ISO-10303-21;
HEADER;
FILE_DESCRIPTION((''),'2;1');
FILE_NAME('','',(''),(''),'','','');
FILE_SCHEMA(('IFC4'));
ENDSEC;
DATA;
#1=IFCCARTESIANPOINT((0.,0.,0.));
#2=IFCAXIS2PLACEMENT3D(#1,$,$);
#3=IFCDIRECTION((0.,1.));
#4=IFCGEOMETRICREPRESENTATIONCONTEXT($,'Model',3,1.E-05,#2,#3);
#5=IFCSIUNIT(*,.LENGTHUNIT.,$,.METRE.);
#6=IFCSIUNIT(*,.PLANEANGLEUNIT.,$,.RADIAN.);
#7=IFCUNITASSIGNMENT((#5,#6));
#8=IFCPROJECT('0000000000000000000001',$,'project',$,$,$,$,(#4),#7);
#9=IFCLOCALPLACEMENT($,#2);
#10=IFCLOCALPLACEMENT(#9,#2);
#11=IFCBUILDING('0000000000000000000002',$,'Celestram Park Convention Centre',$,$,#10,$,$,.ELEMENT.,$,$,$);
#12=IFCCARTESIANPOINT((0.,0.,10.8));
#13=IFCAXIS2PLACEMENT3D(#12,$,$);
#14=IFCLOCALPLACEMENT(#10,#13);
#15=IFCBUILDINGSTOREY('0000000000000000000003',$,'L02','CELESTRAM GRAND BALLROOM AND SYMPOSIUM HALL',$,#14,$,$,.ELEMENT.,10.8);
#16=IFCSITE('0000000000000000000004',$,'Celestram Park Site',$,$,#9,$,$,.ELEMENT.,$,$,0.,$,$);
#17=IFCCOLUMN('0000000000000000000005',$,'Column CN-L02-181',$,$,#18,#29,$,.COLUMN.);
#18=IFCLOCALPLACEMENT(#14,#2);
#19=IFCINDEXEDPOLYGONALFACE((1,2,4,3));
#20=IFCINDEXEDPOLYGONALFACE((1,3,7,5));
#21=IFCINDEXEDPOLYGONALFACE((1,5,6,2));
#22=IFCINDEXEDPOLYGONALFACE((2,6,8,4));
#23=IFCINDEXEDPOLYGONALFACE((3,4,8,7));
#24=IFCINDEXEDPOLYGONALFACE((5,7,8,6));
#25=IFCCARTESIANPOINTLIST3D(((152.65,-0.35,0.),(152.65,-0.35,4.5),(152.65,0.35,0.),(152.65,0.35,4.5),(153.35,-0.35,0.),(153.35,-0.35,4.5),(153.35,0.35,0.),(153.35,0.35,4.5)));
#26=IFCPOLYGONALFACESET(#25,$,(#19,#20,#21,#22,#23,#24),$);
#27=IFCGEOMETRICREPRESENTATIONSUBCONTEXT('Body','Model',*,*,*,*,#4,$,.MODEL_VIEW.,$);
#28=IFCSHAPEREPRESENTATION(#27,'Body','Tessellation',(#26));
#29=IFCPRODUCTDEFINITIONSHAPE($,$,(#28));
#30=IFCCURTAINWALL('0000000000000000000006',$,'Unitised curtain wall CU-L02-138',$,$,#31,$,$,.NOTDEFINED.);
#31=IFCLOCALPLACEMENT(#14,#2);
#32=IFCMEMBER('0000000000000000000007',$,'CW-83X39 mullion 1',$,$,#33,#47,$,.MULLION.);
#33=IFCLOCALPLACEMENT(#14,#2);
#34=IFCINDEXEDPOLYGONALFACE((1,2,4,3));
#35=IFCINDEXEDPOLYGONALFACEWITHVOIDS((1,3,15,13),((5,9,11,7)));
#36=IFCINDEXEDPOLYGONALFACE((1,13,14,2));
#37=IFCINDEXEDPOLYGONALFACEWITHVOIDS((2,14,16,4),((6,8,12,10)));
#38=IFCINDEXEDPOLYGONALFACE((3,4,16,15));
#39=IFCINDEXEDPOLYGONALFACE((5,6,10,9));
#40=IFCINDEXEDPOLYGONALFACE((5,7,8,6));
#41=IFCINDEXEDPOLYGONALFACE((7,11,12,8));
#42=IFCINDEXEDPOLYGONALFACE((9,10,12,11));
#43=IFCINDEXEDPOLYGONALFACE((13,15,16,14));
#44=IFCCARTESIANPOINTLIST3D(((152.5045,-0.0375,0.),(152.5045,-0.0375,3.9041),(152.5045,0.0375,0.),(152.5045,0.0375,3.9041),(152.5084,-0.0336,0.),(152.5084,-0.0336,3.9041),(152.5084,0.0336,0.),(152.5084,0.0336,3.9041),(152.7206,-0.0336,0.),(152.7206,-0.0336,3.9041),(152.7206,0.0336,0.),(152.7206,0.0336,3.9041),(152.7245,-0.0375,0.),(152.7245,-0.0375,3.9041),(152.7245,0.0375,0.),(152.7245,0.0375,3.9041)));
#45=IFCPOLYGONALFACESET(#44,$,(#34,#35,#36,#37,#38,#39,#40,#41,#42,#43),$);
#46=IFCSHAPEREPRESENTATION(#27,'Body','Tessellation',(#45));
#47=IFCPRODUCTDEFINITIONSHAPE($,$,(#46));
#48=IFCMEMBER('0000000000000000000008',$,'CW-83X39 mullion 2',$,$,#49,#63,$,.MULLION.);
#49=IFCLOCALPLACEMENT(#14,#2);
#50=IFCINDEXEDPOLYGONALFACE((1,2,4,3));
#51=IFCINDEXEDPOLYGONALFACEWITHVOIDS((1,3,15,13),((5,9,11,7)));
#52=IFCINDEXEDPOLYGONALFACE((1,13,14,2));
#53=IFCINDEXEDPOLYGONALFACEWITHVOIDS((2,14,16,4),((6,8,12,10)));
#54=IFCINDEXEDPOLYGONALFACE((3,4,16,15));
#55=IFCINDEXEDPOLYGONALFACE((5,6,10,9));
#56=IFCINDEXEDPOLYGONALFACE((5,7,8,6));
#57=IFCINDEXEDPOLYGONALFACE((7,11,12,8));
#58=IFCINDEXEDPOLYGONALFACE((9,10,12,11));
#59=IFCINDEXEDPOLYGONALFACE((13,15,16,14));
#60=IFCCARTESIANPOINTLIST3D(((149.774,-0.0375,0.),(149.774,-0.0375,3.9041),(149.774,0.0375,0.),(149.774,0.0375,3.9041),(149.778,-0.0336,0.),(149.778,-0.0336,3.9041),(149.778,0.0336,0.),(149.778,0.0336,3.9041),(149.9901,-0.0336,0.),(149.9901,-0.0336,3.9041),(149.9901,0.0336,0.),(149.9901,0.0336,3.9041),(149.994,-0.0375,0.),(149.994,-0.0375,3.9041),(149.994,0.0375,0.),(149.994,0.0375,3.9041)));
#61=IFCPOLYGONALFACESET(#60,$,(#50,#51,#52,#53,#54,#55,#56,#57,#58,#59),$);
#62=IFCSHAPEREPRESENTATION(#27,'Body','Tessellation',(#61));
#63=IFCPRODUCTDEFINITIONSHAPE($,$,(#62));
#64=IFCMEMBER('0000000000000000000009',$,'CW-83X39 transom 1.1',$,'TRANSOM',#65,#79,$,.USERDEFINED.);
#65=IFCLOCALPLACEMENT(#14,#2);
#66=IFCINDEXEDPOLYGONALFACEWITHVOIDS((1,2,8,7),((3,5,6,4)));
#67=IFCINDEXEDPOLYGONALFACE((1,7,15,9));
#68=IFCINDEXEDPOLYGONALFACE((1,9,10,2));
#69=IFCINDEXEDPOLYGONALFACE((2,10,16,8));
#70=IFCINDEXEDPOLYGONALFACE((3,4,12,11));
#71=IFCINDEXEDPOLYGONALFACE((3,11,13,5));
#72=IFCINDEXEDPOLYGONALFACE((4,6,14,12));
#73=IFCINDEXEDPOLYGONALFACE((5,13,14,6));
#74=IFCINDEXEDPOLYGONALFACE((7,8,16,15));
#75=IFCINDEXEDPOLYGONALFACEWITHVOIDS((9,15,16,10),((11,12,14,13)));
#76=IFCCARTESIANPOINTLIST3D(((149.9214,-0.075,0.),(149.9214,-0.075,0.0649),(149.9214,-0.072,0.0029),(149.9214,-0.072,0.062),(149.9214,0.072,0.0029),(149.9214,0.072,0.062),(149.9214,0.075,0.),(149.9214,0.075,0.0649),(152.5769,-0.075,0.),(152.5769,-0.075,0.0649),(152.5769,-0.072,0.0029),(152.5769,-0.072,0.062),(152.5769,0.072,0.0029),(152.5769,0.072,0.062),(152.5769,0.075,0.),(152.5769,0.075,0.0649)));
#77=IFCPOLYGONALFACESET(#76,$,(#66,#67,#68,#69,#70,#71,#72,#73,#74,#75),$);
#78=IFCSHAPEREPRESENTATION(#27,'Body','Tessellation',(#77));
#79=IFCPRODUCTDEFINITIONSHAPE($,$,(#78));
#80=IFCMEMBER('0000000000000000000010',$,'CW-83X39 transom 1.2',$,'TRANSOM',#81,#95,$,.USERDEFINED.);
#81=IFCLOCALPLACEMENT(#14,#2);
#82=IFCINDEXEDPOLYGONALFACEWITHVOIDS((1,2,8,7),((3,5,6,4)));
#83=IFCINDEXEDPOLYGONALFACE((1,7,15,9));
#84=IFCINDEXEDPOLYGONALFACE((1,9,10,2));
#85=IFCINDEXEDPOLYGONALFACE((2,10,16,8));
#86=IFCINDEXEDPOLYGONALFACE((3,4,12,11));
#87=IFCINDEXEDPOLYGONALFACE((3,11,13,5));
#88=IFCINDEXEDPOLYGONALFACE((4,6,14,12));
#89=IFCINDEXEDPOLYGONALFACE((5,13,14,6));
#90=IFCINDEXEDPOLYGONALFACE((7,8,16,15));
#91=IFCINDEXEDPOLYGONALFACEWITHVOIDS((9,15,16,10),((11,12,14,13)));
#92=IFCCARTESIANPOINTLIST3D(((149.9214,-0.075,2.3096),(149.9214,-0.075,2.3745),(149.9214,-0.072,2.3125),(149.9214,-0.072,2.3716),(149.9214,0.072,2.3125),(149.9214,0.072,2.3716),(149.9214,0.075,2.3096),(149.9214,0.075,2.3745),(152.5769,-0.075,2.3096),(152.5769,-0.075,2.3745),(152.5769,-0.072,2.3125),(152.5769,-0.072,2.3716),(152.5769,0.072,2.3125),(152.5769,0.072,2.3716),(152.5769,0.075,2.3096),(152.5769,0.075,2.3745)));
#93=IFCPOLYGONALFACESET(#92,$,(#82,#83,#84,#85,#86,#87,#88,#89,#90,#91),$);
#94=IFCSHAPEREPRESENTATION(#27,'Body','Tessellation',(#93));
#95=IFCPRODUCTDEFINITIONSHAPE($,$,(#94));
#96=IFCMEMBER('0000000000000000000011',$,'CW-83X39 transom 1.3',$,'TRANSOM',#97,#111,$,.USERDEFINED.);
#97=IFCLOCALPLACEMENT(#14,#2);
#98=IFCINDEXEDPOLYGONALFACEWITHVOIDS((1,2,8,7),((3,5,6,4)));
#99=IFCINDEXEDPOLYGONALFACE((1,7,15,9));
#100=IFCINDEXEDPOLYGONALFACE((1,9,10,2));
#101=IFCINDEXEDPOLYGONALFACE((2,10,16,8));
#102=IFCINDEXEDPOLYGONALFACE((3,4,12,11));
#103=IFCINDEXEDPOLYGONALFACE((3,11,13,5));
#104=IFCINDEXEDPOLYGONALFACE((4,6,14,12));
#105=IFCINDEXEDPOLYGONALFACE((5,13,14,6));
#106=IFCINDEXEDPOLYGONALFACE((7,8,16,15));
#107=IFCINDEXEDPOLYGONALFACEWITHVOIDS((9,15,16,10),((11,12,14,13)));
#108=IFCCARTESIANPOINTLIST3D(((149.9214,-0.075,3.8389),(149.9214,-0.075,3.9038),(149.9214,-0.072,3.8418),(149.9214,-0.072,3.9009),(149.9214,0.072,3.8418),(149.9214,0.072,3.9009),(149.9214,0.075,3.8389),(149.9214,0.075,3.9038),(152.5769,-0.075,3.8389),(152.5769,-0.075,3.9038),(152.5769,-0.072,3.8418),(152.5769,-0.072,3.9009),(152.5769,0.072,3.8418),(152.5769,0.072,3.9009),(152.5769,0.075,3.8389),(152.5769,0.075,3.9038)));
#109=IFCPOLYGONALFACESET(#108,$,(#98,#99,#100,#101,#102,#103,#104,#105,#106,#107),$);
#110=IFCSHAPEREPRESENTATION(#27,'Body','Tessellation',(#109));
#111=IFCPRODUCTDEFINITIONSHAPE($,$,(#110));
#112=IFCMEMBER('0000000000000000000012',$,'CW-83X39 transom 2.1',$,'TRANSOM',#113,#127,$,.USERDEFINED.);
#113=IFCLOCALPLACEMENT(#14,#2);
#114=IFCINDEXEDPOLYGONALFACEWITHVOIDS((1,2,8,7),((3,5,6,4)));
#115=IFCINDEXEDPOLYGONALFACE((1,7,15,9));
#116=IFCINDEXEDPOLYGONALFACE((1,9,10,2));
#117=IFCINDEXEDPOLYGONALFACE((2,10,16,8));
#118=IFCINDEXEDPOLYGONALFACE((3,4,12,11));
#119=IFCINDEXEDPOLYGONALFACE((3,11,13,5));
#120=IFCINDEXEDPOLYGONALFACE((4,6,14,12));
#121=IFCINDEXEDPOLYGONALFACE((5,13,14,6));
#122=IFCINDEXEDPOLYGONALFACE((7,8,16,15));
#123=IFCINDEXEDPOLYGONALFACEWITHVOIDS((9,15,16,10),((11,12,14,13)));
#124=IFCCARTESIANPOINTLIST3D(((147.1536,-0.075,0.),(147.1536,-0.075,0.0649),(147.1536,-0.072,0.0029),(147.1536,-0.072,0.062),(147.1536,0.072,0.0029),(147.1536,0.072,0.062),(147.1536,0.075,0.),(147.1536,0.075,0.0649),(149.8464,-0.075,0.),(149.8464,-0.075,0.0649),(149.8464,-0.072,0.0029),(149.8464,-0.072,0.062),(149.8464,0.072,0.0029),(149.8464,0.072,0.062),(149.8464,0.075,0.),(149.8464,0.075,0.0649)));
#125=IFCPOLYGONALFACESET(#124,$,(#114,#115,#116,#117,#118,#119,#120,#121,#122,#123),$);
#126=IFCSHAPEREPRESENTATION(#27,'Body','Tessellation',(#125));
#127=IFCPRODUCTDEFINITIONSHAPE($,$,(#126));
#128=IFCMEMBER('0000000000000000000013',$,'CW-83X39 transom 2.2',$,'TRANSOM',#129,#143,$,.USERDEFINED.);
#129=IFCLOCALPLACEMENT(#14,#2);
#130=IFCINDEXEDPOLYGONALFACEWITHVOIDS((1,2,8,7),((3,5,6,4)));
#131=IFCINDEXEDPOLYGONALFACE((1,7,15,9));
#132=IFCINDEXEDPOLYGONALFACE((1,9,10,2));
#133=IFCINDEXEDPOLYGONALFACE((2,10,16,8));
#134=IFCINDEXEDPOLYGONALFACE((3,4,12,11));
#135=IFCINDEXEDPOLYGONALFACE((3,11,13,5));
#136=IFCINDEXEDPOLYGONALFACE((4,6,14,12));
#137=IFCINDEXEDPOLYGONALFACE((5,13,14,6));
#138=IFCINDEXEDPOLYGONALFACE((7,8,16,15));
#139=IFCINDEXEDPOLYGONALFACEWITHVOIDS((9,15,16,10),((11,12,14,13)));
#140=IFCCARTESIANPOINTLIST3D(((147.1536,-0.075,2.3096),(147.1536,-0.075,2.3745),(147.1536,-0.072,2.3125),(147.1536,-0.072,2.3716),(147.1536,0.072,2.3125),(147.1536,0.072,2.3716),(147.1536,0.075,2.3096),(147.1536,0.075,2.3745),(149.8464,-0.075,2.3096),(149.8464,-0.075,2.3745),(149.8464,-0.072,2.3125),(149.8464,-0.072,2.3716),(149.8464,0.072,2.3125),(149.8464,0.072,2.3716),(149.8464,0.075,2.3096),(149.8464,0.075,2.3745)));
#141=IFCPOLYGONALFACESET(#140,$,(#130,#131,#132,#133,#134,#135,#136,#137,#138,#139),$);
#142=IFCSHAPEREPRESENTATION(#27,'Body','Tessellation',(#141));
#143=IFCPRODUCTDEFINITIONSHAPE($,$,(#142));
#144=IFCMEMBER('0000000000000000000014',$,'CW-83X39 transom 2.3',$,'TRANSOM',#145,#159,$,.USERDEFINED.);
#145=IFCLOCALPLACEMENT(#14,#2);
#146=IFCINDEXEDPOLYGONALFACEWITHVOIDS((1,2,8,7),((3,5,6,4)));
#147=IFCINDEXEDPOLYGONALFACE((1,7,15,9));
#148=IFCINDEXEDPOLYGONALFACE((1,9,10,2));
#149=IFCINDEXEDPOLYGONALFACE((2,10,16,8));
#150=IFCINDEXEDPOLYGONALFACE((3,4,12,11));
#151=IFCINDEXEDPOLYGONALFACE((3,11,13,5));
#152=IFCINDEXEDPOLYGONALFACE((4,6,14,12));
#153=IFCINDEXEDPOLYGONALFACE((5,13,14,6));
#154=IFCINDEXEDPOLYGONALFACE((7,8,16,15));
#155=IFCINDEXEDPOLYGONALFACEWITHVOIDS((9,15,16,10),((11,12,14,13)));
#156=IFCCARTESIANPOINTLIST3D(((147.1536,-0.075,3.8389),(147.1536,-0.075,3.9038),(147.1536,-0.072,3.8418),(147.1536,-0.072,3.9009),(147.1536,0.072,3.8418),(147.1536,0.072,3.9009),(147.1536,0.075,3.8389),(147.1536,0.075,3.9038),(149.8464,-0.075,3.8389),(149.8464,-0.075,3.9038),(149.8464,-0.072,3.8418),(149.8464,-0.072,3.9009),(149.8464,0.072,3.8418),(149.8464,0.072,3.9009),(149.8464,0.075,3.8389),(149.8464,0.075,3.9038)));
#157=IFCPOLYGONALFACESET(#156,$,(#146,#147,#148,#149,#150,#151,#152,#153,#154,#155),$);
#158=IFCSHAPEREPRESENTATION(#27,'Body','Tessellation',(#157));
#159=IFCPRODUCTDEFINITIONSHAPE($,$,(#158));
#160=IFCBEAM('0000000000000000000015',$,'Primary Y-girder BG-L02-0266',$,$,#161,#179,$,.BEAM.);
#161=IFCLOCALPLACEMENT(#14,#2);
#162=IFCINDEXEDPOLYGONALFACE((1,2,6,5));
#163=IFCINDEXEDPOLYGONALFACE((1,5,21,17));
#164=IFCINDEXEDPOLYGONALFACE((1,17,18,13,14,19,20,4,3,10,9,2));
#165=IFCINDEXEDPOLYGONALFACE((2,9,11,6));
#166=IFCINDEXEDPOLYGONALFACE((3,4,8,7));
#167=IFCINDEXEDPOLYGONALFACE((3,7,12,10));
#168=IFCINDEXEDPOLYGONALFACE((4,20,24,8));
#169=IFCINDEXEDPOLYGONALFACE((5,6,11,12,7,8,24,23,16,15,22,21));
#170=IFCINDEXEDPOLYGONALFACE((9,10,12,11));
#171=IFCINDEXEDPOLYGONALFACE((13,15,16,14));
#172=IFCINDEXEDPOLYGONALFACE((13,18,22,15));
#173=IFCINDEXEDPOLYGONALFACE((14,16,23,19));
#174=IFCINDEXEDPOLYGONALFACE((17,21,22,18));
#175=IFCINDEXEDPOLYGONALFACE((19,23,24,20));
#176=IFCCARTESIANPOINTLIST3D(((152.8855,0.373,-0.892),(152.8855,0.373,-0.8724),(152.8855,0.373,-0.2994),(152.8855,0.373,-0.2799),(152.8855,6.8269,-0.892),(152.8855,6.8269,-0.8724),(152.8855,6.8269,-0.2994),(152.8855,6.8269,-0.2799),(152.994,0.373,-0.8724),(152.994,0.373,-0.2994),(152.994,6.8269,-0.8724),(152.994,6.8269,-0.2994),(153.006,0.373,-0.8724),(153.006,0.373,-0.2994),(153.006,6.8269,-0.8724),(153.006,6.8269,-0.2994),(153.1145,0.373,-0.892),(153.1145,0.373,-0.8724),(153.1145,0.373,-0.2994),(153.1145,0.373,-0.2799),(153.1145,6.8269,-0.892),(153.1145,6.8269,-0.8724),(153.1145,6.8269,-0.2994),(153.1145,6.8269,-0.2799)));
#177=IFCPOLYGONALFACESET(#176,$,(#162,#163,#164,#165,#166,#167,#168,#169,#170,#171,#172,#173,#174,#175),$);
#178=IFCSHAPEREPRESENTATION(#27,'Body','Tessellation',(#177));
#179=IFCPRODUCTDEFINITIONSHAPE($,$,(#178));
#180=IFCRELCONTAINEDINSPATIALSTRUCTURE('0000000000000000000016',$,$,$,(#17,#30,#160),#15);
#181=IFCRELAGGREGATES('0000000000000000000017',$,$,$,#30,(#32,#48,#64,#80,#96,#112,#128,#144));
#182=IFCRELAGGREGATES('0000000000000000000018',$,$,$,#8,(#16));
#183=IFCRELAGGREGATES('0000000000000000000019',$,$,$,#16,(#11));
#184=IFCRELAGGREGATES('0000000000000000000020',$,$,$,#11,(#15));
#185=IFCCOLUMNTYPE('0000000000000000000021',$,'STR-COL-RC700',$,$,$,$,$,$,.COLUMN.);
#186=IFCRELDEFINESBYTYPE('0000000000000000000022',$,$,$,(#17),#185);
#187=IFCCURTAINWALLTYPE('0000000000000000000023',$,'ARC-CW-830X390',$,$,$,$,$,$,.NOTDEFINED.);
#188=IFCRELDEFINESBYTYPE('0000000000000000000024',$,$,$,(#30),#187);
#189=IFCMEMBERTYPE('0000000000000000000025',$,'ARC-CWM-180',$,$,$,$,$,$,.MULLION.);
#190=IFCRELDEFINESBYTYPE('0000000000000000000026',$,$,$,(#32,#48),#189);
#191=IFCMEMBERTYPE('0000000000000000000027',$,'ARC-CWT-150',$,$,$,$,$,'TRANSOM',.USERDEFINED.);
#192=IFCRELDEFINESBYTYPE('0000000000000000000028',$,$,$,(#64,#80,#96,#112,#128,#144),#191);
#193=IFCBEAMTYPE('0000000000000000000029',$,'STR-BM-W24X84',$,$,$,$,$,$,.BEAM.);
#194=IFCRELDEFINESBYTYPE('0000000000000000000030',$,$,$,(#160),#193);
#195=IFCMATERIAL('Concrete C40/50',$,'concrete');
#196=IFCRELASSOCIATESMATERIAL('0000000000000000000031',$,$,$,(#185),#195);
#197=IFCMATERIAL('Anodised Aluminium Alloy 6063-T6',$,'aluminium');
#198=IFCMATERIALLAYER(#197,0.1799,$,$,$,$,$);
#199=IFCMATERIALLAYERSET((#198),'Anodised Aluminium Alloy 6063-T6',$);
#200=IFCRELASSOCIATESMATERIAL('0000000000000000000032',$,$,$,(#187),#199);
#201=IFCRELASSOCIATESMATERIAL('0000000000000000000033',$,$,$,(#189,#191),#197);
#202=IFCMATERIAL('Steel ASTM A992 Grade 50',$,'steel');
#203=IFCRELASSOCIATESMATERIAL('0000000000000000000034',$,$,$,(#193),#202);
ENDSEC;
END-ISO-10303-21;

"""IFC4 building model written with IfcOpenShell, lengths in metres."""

from ifc_helpers import new_model, si_unit, direction, frame, origin, origin_2d, place, context, subcontext, project, spatial, rectangle, hollow_rectangle, i_section, extrude, material, layer, layer_set, material_profile, profile_set, type_object, element, aggregate, save


model = new_model("IFC4")

# Units and contexts
model_context = context("Model", 3, precision=1e-05, world=origin(), true_north=direction((0.0, 1.0)))
body_context = subcontext(model_context, "Body", "Model", "MODEL_VIEW")
ifc_project = project(units=[si_unit("LENGTHUNIT", "METRE"), si_unit("PLANEANGLEUNIT", "RADIAN")], contexts=[model_context])

# Site, building, storey
site_placement = place(None, origin())
site = spatial("IfcSite", under=ifc_project, at=site_placement, Name="Celestram Park Site", CompositionType="ELEMENT", RefElevation=0.0)
building_placement = place(site_placement, origin())
building = spatial("IfcBuilding", under=site, at=building_placement, Name="Celestram Park Convention Centre", CompositionType="ELEMENT")
storey_placement = place(building_placement, frame((0.0, 0.0, 10.8)))
storey = spatial("IfcBuildingStorey", under=building, at=storey_placement, Name="L02", Description="CELESTRAM GRAND BALLROOM AND SYMPOSIUM HALL", CompositionType="ELEMENT", Elevation=10.8)

# Column
ifc_material_1 = material(Name="Concrete C40/50", Category="concrete")
ifc_material_profile_1 = material_profile(ifc_material_1, rectangle(XDim=0.7, YDim=0.7, at=origin_2d()), Name="RC700X700")
ifc_profile_set_1 = profile_set([ifc_material_profile_1], Name="Concrete C40/50")
column_type = type_object("IfcColumnType", Name="STR-COL-RC700", PredefinedType="COLUMN", material=ifc_profile_set_1)
column_placement = place(storey_placement, frame((153.0, 0.0, 0.0), z_axis=(0.0, 0.0, 1.0), x_axis=(1.0, 0.0, 0.0)))
element("IfcColumn", 1, at=column_placement, inside=storey, type_object=column_type, Name="Column CN-L02-181", PredefinedType="COLUMN", context=body_context, shape_type="SweptSolid", body=[
    extrude(rectangle(XDim=0.7, YDim=0.7, at=origin_2d()), origin(), (0.0, 0.0, 1.0), 4.5),
])

# Curtain wall, members
ifc_material_2 = material(Name="Anodised Aluminium Alloy 6063-T6", Category="aluminium")
ifc_layer_1 = layer(ifc_material_2, 0.1799)
ifc_layer_set_1 = layer_set([ifc_layer_1], Name="Anodised Aluminium Alloy 6063-T6")
curtain_wall_type = type_object("IfcCurtainWallType", Name="ARC-CW-830X390", PredefinedType="NOTDEFINED", material=ifc_layer_set_1)
curtain_wall_placement = place(storey_placement, origin())
curtain_wall = element("IfcCurtainWall", 2, at=curtain_wall_placement, inside=storey, type_object=curtain_wall_type, Name="Unitised curtain wall CU-L02-138", PredefinedType="NOTDEFINED")
ifc_material_profile_2 = material_profile(ifc_material_2, hollow_rectangle(XDim=0.075, YDim=0.22, WallThickness=0.0039, at=origin_2d()), Name="ALU75X220X4")
ifc_profile_set_2 = profile_set([ifc_material_profile_2], Name="Anodised Aluminium Alloy 6063-T6")
member_type_1 = type_object("IfcMemberType", Name="ARC-CWM-180", PredefinedType="MULLION", material=ifc_profile_set_2)
member_1_placement = place(storey_placement, frame((152.6145, 0.0, 0.0), z_axis=(0.0, 0.0, 1.0), x_axis=(0.0, -1.0, 0.0)))
member_1 = element("IfcMember", 3, at=member_1_placement, type_object=member_type_1, Name="CW-83X39 mullion 1", PredefinedType="MULLION", context=body_context, shape_type="SweptSolid", body=[
    extrude(hollow_rectangle(XDim=0.075, YDim=0.22, WallThickness=0.0039, at=origin_2d()), origin(), (0.0, 0.0, 1.0), 3.9041),
])
member_2_placement = place(storey_placement, frame((149.884, 0.0, 0.0), z_axis=(0.0, 0.0, 1.0), x_axis=(0.0, -1.0, 0.0)))
member_2 = element("IfcMember", 4, at=member_2_placement, type_object=member_type_1, Name="CW-83X39 mullion 2", PredefinedType="MULLION", context=body_context, shape_type="SweptSolid", body=[
    extrude(hollow_rectangle(XDim=0.075, YDim=0.22, WallThickness=0.0039, at=origin_2d()), origin(), (0.0, 0.0, 1.0), 3.9041),
])
ifc_material_profile_3 = material_profile(ifc_material_2, hollow_rectangle(XDim=0.1499, YDim=0.0649, WallThickness=0.0029, at=origin_2d()), Name="ALU150X65X3")
ifc_profile_set_3 = profile_set([ifc_material_profile_3], Name="Anodised Aluminium Alloy 6063-T6")
member_type_2 = type_object("IfcMemberType", Name="ARC-CWT-150", ElementType="TRANSOM", PredefinedType="USERDEFINED", material=ifc_profile_set_3)
member_3_placement = place(storey_placement, frame((152.5769, 0.0, 0.0325), z_axis=(-1.0, 0.0, 0.0), x_axis=(0.0, -1.0, 0.0)))
member_3 = element("IfcMember", 5, at=member_3_placement, type_object=member_type_2, Name="CW-83X39 transom 1.1", ObjectType="TRANSOM", PredefinedType="USERDEFINED", context=body_context, shape_type="SweptSolid", body=[
    extrude(hollow_rectangle(XDim=0.1499, YDim=0.0649, WallThickness=0.0029, at=origin_2d()), origin(), (0.0, 0.0, 1.0), 2.6555),
])
member_4_placement = place(storey_placement, frame((152.5769, 0.0, 2.342), z_axis=(-1.0, 0.0, 0.0), x_axis=(0.0, -1.0, 0.0)))
member_4 = element("IfcMember", 6, at=member_4_placement, type_object=member_type_2, Name="CW-83X39 transom 1.2", ObjectType="TRANSOM", PredefinedType="USERDEFINED", context=body_context, shape_type="SweptSolid", body=[
    extrude(hollow_rectangle(XDim=0.1499, YDim=0.0649, WallThickness=0.0029, at=origin_2d()), origin(), (0.0, 0.0, 1.0), 2.6555),
])
member_5_placement = place(storey_placement, frame((152.5769, 0.0, 3.8713), z_axis=(-1.0, 0.0, 0.0), x_axis=(0.0, -1.0, 0.0)))
member_5 = element("IfcMember", 7, at=member_5_placement, type_object=member_type_2, Name="CW-83X39 transom 1.3", ObjectType="TRANSOM", PredefinedType="USERDEFINED", context=body_context, shape_type="SweptSolid", body=[
    extrude(hollow_rectangle(XDim=0.1499, YDim=0.0649, WallThickness=0.0029, at=origin_2d()), origin(), (0.0, 0.0, 1.0), 2.6555),
])
member_6_placement = place(storey_placement, frame((149.8464, 0.0, 0.0325), z_axis=(-1.0, 0.0, 0.0), x_axis=(0.0, -1.0, 0.0)))
member_6 = element("IfcMember", 8, at=member_6_placement, type_object=member_type_2, Name="CW-83X39 transom 2.1", ObjectType="TRANSOM", PredefinedType="USERDEFINED", context=body_context, shape_type="SweptSolid", body=[
    extrude(hollow_rectangle(XDim=0.1499, YDim=0.0649, WallThickness=0.0029, at=origin_2d()), origin(), (0.0, 0.0, 1.0), 2.6929),
])
member_7_placement = place(storey_placement, frame((149.8464, 0.0, 2.342), z_axis=(-1.0, 0.0, 0.0), x_axis=(0.0, -1.0, 0.0)))
member_7 = element("IfcMember", 9, at=member_7_placement, type_object=member_type_2, Name="CW-83X39 transom 2.2", ObjectType="TRANSOM", PredefinedType="USERDEFINED", context=body_context, shape_type="SweptSolid", body=[
    extrude(hollow_rectangle(XDim=0.1499, YDim=0.0649, WallThickness=0.0029, at=origin_2d()), origin(), (0.0, 0.0, 1.0), 2.6929),
])
member_8_placement = place(storey_placement, frame((149.8464, 0.0, 3.8713), z_axis=(-1.0, 0.0, 0.0), x_axis=(0.0, -1.0, 0.0)))
member_8 = element("IfcMember", 10, at=member_8_placement, type_object=member_type_2, Name="CW-83X39 transom 2.3", ObjectType="TRANSOM", PredefinedType="USERDEFINED", context=body_context, shape_type="SweptSolid", body=[
    extrude(hollow_rectangle(XDim=0.1499, YDim=0.0649, WallThickness=0.0029, at=origin_2d()), origin(), (0.0, 0.0, 1.0), 2.6929),
])

# Beam
ifc_material_3 = material(Name="Steel ASTM A992 Grade 50", Category="steel")
ifc_material_profile_4 = material_profile(ifc_material_3, i_section(OverallWidth=0.229, OverallDepth=0.6121, WebThickness=0.012, FlangeThickness=0.0195, at=origin_2d()), Name="W24X84")
ifc_profile_set_4 = profile_set([ifc_material_profile_4], Name="Steel ASTM A992 Grade 50")
beam_type_1 = type_object("IfcBeamType", Name="STR-BM-W24X84", PredefinedType="BEAM", material=ifc_profile_set_4)
beam_1_placement = place(storey_placement, frame((153.0, 0.373, -0.5859), z_axis=(0.0, 1.0, 0.0), x_axis=(-1.0, 0.0, 0.0)))
element("IfcBeam", 11, at=beam_1_placement, inside=storey, type_object=beam_type_1, Name="Primary Y-girder BG-L02-0266", PredefinedType="BEAM", context=body_context, shape_type="SweptSolid", body=[
    extrude(i_section(OverallWidth=0.229, OverallDepth=0.6121, WebThickness=0.012, FlangeThickness=0.0195, at=origin_2d()), origin(), (0.0, 0.0, 1.0), 6.4539),
])

aggregate(curtain_wall, [member_1, member_2, member_3, member_4, member_5, member_6, member_7, member_8])

save(model, "model.ifc")
